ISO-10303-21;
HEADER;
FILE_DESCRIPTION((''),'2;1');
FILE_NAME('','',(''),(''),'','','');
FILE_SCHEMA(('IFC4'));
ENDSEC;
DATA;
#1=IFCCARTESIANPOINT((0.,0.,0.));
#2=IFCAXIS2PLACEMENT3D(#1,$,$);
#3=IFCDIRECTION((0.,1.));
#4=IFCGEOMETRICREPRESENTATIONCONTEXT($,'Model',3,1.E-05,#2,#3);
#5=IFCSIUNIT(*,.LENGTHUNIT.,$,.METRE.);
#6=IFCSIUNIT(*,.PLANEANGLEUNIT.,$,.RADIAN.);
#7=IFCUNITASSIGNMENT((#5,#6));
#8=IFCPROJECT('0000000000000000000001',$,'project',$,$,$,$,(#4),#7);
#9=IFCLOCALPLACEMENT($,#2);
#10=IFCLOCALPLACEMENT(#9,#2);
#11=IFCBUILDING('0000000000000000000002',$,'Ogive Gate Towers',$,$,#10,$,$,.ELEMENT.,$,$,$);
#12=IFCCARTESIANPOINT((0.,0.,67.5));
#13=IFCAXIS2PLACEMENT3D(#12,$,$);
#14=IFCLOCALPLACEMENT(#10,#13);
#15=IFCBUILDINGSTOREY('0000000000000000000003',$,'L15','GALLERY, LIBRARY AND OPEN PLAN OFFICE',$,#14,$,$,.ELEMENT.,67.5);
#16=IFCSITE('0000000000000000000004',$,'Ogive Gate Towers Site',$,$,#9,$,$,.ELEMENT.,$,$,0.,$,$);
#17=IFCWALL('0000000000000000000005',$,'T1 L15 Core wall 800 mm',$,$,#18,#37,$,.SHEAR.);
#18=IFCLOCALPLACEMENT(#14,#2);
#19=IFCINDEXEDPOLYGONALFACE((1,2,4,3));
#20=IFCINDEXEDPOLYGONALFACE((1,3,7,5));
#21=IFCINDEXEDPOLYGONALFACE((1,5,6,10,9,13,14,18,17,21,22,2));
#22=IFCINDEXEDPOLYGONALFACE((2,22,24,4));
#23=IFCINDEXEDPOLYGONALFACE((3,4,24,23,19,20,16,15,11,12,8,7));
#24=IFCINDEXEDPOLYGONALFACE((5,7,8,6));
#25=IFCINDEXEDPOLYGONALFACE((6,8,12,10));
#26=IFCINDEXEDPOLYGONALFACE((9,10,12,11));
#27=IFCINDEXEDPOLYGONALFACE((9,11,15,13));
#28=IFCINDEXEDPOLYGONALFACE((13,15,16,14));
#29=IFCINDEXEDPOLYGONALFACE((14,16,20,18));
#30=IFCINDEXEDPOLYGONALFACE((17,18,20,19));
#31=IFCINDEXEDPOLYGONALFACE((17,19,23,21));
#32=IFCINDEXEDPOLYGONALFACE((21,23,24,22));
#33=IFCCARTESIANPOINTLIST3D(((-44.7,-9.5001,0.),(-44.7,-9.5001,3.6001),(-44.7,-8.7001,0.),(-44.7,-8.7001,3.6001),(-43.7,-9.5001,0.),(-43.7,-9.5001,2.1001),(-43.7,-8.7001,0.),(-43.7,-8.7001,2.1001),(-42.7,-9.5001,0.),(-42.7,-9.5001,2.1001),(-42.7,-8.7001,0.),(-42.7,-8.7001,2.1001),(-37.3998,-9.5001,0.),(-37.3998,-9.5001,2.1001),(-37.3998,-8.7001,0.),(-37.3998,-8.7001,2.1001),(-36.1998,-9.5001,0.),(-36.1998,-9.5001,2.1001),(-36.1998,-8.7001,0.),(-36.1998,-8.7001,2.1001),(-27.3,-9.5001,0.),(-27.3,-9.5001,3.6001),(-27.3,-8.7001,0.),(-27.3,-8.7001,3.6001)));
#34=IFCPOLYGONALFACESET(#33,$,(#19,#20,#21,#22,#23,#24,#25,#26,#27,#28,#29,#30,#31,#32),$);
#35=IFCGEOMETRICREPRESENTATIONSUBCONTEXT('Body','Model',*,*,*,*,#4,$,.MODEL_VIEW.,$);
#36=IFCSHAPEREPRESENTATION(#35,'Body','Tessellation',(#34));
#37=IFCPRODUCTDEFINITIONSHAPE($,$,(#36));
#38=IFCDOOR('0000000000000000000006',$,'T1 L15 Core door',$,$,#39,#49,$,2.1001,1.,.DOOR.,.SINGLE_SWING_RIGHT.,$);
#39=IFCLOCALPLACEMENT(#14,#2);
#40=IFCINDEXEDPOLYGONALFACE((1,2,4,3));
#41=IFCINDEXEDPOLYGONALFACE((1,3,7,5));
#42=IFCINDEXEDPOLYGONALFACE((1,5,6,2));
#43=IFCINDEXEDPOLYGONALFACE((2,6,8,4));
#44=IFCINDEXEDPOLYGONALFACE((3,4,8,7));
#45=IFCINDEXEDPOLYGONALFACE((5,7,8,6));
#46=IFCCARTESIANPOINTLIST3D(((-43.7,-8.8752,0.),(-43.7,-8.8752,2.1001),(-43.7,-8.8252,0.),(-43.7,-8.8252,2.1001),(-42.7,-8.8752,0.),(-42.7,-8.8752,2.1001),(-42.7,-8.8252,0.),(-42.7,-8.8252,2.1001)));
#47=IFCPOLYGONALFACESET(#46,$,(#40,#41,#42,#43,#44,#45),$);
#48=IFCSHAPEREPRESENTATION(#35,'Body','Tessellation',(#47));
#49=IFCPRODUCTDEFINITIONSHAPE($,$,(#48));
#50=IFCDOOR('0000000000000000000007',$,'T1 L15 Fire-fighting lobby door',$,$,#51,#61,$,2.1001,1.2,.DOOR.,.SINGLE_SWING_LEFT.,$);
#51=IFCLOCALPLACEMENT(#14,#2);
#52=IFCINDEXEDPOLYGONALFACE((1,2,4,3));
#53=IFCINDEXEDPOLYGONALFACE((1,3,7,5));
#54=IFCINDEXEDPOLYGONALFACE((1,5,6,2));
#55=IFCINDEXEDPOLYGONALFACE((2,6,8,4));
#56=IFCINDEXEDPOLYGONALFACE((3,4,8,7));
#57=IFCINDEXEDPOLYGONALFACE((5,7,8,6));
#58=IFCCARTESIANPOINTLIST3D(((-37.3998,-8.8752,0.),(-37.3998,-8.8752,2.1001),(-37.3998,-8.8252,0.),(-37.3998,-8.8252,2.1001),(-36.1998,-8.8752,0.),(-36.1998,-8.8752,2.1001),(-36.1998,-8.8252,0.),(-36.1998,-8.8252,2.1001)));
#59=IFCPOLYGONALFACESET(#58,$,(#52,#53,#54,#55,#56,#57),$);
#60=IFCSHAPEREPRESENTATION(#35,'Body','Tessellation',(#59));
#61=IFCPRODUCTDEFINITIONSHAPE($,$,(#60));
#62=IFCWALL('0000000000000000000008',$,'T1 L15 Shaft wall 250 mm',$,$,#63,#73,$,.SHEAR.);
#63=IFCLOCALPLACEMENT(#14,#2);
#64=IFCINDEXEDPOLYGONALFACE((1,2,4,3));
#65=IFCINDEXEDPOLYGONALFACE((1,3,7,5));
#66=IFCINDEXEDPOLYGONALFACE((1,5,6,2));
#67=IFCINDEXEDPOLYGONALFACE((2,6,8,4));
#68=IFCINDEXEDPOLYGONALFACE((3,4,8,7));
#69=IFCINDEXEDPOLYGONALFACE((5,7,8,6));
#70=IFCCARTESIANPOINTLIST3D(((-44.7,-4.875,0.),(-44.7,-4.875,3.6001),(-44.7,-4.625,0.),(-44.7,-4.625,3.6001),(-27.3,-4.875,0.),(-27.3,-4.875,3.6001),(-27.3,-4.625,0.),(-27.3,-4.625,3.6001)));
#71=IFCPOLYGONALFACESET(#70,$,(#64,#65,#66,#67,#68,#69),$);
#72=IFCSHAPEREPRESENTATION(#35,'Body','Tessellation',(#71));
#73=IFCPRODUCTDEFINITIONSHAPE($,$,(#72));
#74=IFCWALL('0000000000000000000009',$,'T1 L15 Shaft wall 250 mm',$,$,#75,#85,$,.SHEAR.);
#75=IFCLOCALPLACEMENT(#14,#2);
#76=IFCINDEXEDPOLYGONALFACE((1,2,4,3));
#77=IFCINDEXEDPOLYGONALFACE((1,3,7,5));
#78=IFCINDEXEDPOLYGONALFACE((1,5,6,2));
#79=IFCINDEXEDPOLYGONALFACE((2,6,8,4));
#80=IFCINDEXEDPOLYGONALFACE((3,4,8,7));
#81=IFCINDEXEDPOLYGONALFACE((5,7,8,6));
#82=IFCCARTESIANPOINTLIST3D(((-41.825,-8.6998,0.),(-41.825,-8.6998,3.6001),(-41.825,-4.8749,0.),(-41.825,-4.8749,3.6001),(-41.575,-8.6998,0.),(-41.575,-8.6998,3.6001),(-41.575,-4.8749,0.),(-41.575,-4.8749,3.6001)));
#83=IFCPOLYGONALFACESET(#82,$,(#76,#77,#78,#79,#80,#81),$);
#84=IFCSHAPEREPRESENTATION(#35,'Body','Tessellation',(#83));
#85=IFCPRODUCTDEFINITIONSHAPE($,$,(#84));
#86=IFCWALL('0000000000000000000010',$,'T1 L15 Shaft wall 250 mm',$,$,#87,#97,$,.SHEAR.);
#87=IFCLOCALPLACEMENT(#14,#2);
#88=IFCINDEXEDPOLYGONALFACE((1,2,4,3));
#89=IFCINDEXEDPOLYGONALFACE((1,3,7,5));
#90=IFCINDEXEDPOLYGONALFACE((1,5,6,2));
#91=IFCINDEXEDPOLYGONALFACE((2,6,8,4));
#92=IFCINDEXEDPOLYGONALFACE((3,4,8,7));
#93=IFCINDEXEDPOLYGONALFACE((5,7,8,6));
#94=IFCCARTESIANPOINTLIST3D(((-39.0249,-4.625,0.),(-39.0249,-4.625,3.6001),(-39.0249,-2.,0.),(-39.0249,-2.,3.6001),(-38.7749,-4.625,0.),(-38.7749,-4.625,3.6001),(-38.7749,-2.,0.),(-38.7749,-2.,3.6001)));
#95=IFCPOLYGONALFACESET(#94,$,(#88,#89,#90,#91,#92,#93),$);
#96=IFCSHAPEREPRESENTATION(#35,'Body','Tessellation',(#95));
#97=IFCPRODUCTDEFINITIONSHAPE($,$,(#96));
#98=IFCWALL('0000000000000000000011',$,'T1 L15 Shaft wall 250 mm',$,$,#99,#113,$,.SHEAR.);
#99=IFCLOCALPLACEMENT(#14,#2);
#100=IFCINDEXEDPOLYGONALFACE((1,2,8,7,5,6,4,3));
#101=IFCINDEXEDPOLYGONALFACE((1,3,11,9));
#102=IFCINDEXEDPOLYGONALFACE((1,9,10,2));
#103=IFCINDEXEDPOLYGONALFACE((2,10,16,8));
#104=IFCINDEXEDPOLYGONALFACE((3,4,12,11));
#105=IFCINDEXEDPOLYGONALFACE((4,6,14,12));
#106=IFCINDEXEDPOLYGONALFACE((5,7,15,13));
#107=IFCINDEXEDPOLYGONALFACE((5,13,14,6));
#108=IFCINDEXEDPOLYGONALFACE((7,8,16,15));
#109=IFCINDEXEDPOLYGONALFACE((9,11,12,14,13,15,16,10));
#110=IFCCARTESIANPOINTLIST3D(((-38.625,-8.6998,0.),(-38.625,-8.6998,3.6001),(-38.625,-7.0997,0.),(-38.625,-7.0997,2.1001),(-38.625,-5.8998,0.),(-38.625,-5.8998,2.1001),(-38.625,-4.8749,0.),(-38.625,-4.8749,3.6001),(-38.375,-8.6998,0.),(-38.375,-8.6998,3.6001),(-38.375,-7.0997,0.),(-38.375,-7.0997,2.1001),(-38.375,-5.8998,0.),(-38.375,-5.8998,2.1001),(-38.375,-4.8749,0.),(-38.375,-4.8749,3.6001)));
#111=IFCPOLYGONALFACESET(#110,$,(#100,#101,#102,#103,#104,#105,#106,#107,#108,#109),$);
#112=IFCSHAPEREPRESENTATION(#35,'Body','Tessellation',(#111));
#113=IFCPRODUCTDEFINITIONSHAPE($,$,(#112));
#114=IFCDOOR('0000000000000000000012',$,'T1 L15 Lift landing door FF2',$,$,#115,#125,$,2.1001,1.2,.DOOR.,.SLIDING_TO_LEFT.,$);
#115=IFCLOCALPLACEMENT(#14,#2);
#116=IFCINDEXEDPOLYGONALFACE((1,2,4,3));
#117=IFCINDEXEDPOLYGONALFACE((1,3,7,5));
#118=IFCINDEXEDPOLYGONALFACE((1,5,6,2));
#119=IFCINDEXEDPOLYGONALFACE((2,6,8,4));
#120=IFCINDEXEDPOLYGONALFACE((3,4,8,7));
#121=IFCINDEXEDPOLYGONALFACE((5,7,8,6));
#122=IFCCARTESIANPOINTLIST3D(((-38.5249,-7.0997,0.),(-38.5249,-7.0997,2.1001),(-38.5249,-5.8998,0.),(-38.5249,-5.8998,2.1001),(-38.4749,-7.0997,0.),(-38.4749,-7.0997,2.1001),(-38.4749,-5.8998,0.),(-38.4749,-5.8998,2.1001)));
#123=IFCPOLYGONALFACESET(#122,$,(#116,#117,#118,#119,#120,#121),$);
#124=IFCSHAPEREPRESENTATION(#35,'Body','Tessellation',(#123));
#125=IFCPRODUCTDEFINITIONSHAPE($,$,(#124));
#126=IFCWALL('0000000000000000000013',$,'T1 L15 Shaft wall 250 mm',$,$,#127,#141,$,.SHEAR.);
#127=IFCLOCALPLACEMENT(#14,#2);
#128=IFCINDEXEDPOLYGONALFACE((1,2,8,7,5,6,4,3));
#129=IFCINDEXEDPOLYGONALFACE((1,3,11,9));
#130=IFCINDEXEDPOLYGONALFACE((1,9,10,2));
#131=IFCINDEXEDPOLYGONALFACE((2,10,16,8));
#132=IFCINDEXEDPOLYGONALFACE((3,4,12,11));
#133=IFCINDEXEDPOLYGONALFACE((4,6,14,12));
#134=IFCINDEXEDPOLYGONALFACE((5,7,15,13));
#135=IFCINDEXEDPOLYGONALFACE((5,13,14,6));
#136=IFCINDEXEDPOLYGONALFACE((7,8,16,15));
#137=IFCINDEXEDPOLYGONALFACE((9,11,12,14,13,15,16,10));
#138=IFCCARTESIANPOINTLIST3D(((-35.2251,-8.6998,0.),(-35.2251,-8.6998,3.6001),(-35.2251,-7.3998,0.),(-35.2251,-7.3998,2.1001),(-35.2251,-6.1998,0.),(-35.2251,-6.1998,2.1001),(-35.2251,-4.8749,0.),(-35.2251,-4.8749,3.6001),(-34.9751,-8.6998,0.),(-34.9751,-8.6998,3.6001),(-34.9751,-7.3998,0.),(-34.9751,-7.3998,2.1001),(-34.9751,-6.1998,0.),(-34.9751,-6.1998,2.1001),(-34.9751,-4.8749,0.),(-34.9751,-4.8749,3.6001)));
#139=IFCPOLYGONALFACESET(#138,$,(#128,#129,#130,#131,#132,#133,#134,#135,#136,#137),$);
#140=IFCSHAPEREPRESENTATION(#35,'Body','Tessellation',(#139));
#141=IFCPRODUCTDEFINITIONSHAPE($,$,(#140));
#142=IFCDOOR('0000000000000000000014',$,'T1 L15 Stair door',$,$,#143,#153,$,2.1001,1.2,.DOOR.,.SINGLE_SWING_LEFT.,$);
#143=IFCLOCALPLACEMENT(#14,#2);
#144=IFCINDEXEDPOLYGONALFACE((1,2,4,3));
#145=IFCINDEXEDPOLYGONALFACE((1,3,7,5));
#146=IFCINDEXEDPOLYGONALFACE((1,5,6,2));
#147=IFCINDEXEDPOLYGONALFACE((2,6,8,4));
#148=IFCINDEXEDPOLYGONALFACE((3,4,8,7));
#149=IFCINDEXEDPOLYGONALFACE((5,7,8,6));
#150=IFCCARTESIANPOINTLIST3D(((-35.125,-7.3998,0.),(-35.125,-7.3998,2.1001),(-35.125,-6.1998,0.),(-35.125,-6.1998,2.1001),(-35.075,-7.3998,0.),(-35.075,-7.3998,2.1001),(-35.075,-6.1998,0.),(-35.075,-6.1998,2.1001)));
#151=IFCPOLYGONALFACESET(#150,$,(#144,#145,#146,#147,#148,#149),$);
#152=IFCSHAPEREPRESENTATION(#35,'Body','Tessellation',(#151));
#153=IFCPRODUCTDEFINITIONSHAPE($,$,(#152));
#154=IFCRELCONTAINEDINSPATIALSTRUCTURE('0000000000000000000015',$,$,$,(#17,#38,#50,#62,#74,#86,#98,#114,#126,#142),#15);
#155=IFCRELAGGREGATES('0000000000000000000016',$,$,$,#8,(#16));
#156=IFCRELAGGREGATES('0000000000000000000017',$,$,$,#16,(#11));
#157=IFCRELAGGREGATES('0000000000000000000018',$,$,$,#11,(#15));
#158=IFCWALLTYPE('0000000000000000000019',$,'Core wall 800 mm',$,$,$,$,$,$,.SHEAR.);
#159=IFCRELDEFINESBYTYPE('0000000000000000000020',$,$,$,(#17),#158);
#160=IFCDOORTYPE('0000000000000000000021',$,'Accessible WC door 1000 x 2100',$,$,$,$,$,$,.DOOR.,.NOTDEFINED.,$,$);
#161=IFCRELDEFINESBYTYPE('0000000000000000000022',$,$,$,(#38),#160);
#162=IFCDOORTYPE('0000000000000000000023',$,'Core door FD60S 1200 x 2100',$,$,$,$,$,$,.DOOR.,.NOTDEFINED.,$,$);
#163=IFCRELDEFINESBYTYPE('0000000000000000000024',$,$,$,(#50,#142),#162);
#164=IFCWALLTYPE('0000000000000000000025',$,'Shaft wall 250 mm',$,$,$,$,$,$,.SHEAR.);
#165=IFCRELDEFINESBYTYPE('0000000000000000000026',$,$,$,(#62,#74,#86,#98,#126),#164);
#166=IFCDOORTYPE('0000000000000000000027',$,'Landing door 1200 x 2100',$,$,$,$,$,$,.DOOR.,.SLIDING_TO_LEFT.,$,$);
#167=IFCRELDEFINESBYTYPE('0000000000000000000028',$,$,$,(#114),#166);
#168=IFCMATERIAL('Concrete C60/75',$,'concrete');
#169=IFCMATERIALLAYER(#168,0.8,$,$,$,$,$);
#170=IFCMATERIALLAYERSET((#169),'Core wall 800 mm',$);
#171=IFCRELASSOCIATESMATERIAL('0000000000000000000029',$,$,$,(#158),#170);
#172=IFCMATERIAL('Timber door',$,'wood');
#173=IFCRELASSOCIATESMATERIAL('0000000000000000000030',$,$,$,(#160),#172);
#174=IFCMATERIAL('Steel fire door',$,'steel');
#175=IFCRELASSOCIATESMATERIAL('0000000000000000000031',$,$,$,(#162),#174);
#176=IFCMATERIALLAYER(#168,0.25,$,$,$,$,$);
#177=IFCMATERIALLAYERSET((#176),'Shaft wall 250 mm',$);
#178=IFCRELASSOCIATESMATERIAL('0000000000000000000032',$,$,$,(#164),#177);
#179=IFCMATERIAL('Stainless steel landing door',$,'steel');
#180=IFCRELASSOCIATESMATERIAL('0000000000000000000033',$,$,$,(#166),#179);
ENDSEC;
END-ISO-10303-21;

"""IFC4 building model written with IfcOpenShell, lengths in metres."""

from ifc_helpers import new_model, si_unit, direction, frame, frame_2d, origin, place, context, subcontext, project, spatial, rectangle, extrude, material, layer, layer_set, type_object, element, fill, save


model = new_model("IFC4")

# Units and contexts
model_context = context("Model", 3, precision=1e-05, world=origin(), true_north=direction((0.0, 1.0)))
body_context = subcontext(model_context, "Body", "Model", "MODEL_VIEW")
ifc_project = project(units=[si_unit("LENGTHUNIT", "METRE"), si_unit("PLANEANGLEUNIT", "RADIAN")], contexts=[model_context])

# Site, building, storey
site_placement = place(None, origin())
site = spatial("IfcSite", under=ifc_project, at=site_placement, Name="Ogive Gate Towers Site", CompositionType="ELEMENT", RefElevation=0.0)
building_placement = place(site_placement, origin())
building = spatial("IfcBuilding", under=site, at=building_placement, Name="Ogive Gate Towers", CompositionType="ELEMENT")
storey_placement = place(building_placement, frame((0.0, 0.0, 67.5)))
storey = spatial("IfcBuildingStorey", under=building, at=storey_placement, Name="L15", Description="GALLERY, LIBRARY AND OPEN PLAN OFFICE", CompositionType="ELEMENT", Elevation=67.5)

# Wall, openings, doors
ifc_material_1 = material(Name="Concrete C60/75", Category="concrete")
ifc_layer_1 = layer(ifc_material_1, 0.8)
ifc_layer_set_1 = layer_set([ifc_layer_1], Name="Core wall 800 mm")
wall_type_1 = type_object("IfcWallType", Name="Core wall 800 mm", PredefinedType="SHEAR", material=ifc_layer_set_1)
wall_1_placement = place(storey_placement, frame((-44.7, -9.1001, 0.0), z_axis=(0.0, 0.0, 1.0), x_axis=(1.0, 0.0, 0.0)))
wall_1 = element("IfcWall", 1, at=wall_1_placement, inside=storey, type_object=wall_type_1, Name="T1 L15 Core wall 800 mm", PredefinedType="SHEAR", context=body_context, shape_type="SweptSolid", body=[
    extrude(rectangle(XDim=17.3999, YDim=0.8, at=frame_2d((8.7, 0.0))), origin(), (0.0, 0.0, 1.0), 3.6001),
])
opening_1_placement = place(wall_1_placement, frame((7.3, 0.0, 0.0)))
opening_1 = element("IfcOpeningElement", 2, at=opening_1_placement, cuts=wall_1, PredefinedType="OPENING", context=body_context, shape_type="SweptSolid", body=[
    extrude(rectangle(XDim=1.2, YDim=2.1001, at=frame_2d((0.6001, 1.05))), frame((0.0, 0.4102, 0.0), z_axis=(0.0, -1.0, 0.0), x_axis=(1.0, 0.0, 0.0)), (0.0, 0.0, 1.0), 0.8201),
])
opening_2_placement = place(wall_1_placement, frame((1.0, 0.0, 0.0)))
opening_2 = element("IfcOpeningElement", 3, at=opening_2_placement, cuts=wall_1, PredefinedType="OPENING", context=body_context, shape_type="SweptSolid", body=[
    extrude(rectangle(XDim=1.0, YDim=2.1001, at=frame_2d((0.5, 1.05))), frame((0.0, 0.4102, 0.0), z_axis=(0.0, -1.0, 0.0), x_axis=(1.0, 0.0, 0.0)), (0.0, 0.0, 1.0), 0.8201),
])
ifc_material_2 = material(Name="Timber door", Category="wood")
door_type_1 = type_object("IfcDoorType", Name="Accessible WC door 1000 x 2100", OperationType="NOTDEFINED", PredefinedType="DOOR", material=ifc_material_2)
door_1_placement = place(opening_2_placement, origin())
door_1 = element("IfcDoor", 4, at=door_1_placement, inside=storey, type_object=door_type_1, Name="T1 L15 Core door", OperationType="SINGLE_SWING_RIGHT", OverallHeight=2.1001, OverallWidth=1.0, PredefinedType="DOOR", context=body_context, shape_type="SweptSolid", body=[
    extrude(rectangle(XDim=1.0, YDim=2.1001, at=frame_2d((0.5, 1.05))), frame((0.0, 0.2749, 0.0), z_axis=(0.0, -1.0, 0.0), x_axis=(1.0, 0.0, 0.0)), (0.0, 0.0, 1.0), 0.05),
])
fill(opening_2, door_1)
ifc_material_3 = material(Name="Steel fire door", Category="steel")
door_type_2 = type_object("IfcDoorType", Name="Core door FD60S 1200 x 2100", OperationType="NOTDEFINED", PredefinedType="DOOR", material=ifc_material_3)
door_2_placement = place(opening_1_placement, origin())
door_2 = element("IfcDoor", 5, at=door_2_placement, inside=storey, type_object=door_type_2, Name="T1 L15 Fire-fighting lobby door", OperationType="SINGLE_SWING_LEFT", OverallHeight=2.1001, OverallWidth=1.2, PredefinedType="DOOR", context=body_context, shape_type="SweptSolid", body=[
    extrude(rectangle(XDim=1.2, YDim=2.1001, at=frame_2d((0.6001, 1.05))), frame((0.0, 0.2749, 0.0), z_axis=(0.0, -1.0, 0.0), x_axis=(1.0, 0.0, 0.0)), (0.0, 0.0, 1.0), 0.05),
])
fill(opening_1, door_2)

# Walls
ifc_layer_2 = layer(ifc_material_1, 0.25)
ifc_layer_set_2 = layer_set([ifc_layer_2], Name="Shaft wall 250 mm")
wall_type_2 = type_object("IfcWallType", Name="Shaft wall 250 mm", PredefinedType="SHEAR", material=ifc_layer_set_2)
wall_2_placement = place(storey_placement, frame((-44.7, -4.75, 0.0), z_axis=(0.0, 0.0, 1.0), x_axis=(1.0, 0.0, 0.0)))
element("IfcWall", 6, at=wall_2_placement, inside=storey, type_object=wall_type_2, Name="T1 L15 Shaft wall 250 mm", PredefinedType="SHEAR", context=body_context, shape_type="SweptSolid", body=[
    extrude(rectangle(XDim=17.3999, YDim=0.25, at=frame_2d((8.7, 0.0))), origin(), (0.0, 0.0, 1.0), 3.6001),
])
wall_3_placement = place(storey_placement, frame((-41.7, -8.7, 0.0), z_axis=(0.0, 0.0, 1.0), x_axis=(0.0, 1.0, 0.0)))
element("IfcWall", 7, at=wall_3_placement, inside=storey, type_object=wall_type_2, Name="T1 L15 Shaft wall 250 mm", PredefinedType="SHEAR", context=body_context, shape_type="SweptSolid", body=[
    extrude(rectangle(XDim=3.825, YDim=0.25, at=frame_2d((1.9126, 0.0))), origin(), (0.0, 0.0, 1.0), 3.6001),
])
wall_4_placement = place(storey_placement, frame((-38.8999, -4.625, 0.0), z_axis=(0.0, 0.0, 1.0), x_axis=(0.0, 1.0, 0.0)))
element("IfcWall", 8, at=wall_4_placement, inside=storey, type_object=wall_type_2, Name="T1 L15 Shaft wall 250 mm", PredefinedType="SHEAR", context=body_context, shape_type="SweptSolid", body=[
    extrude(rectangle(XDim=2.625, YDim=0.25, at=frame_2d((1.3125, 0.0))), origin(), (0.0, 0.0, 1.0), 3.6001),
])

# Walls, openings, doors
wall_5_placement = place(storey_placement, frame((-38.5, -8.7, 0.0), z_axis=(0.0, 0.0, 1.0), x_axis=(0.0, 1.0, 0.0)))
wall_5 = element("IfcWall", 9, at=wall_5_placement, inside=storey, type_object=wall_type_2, Name="T1 L15 Shaft wall 250 mm", PredefinedType="SHEAR", context=body_context, shape_type="SweptSolid", body=[
    extrude(rectangle(XDim=3.825, YDim=0.25, at=frame_2d((1.9126, 0.0))), origin(), (0.0, 0.0, 1.0), 3.6001),
])
opening_3_placement = place(wall_5_placement, frame((1.6001, 0.0, 0.0)))
opening_3 = element("IfcOpeningElement", 10, at=opening_3_placement, cuts=wall_5, PredefinedType="OPENING", context=body_context, shape_type="SweptSolid", body=[
    extrude(rectangle(XDim=1.2, YDim=2.1001, at=frame_2d((0.6001, 1.05))), frame((0.0, 0.135, 0.0), z_axis=(0.0, -1.0, 0.0), x_axis=(1.0, 0.0, 0.0)), (0.0, 0.0, 1.0), 0.27),
])
ifc_material_4 = material(Name="Stainless steel landing door", Category="steel")
door_type_3 = type_object("IfcDoorType", Name="Landing door 1200 x 2100", OperationType="SLIDING_TO_LEFT", PredefinedType="DOOR", material=ifc_material_4)
door_3_placement = place(opening_3_placement, origin())
door_3 = element("IfcDoor", 11, at=door_3_placement, inside=storey, type_object=door_type_3, Name="T1 L15 Lift landing door FF2", OperationType="SLIDING_TO_LEFT", OverallHeight=2.1001, OverallWidth=1.2, PredefinedType="DOOR", context=body_context, shape_type="SweptSolid", body=[
    extrude(rectangle(XDim=1.2, YDim=2.1001, at=frame_2d((0.6001, 1.05))), frame((0.0, 0.0249, 0.0), z_axis=(0.0, -1.0, 0.0), x_axis=(1.0, 0.0, 0.0)), (0.0, 0.0, 1.0), 0.05),
])
fill(opening_3, door_3)
wall_6_placement = place(storey_placement, frame((-35.1001, -8.7, 0.0), z_axis=(0.0, 0.0, 1.0), x_axis=(0.0, 1.0, 0.0)))
wall_6 = element("IfcWall", 12, at=wall_6_placement, inside=storey, type_object=wall_type_2, Name="T1 L15 Shaft wall 250 mm", PredefinedType="SHEAR", context=body_context, shape_type="SweptSolid", body=[
    extrude(rectangle(XDim=3.825, YDim=0.25, at=frame_2d((1.9126, 0.0))), origin(), (0.0, 0.0, 1.0), 3.6001),
])
opening_4_placement = place(wall_6_placement, frame((1.3, 0.0, 0.0)))
opening_4 = element("IfcOpeningElement", 13, at=opening_4_placement, cuts=wall_6, PredefinedType="OPENING", context=body_context, shape_type="SweptSolid", body=[
    extrude(rectangle(XDim=1.2, YDim=2.1001, at=frame_2d((0.6001, 1.05))), frame((0.0, 0.135, 0.0), z_axis=(0.0, -1.0, 0.0), x_axis=(1.0, 0.0, 0.0)), (0.0, 0.0, 1.0), 0.27),
])
door_4_placement = place(opening_4_placement, origin())
door_4 = element("IfcDoor", 14, at=door_4_placement, inside=storey, type_object=door_type_2, Name="T1 L15 Stair door", OperationType="SINGLE_SWING_LEFT", OverallHeight=2.1001, OverallWidth=1.2, PredefinedType="DOOR", context=body_context, shape_type="SweptSolid", body=[
    extrude(rectangle(XDim=1.2, YDim=2.1001, at=frame_2d((0.6001, 1.05))), frame((0.0, 0.0249, 0.0), z_axis=(0.0, -1.0, 0.0), x_axis=(1.0, 0.0, 0.0)), (0.0, 0.0, 1.0), 0.05),
])
fill(opening_4, door_4)

save(model, "model.ifc")
